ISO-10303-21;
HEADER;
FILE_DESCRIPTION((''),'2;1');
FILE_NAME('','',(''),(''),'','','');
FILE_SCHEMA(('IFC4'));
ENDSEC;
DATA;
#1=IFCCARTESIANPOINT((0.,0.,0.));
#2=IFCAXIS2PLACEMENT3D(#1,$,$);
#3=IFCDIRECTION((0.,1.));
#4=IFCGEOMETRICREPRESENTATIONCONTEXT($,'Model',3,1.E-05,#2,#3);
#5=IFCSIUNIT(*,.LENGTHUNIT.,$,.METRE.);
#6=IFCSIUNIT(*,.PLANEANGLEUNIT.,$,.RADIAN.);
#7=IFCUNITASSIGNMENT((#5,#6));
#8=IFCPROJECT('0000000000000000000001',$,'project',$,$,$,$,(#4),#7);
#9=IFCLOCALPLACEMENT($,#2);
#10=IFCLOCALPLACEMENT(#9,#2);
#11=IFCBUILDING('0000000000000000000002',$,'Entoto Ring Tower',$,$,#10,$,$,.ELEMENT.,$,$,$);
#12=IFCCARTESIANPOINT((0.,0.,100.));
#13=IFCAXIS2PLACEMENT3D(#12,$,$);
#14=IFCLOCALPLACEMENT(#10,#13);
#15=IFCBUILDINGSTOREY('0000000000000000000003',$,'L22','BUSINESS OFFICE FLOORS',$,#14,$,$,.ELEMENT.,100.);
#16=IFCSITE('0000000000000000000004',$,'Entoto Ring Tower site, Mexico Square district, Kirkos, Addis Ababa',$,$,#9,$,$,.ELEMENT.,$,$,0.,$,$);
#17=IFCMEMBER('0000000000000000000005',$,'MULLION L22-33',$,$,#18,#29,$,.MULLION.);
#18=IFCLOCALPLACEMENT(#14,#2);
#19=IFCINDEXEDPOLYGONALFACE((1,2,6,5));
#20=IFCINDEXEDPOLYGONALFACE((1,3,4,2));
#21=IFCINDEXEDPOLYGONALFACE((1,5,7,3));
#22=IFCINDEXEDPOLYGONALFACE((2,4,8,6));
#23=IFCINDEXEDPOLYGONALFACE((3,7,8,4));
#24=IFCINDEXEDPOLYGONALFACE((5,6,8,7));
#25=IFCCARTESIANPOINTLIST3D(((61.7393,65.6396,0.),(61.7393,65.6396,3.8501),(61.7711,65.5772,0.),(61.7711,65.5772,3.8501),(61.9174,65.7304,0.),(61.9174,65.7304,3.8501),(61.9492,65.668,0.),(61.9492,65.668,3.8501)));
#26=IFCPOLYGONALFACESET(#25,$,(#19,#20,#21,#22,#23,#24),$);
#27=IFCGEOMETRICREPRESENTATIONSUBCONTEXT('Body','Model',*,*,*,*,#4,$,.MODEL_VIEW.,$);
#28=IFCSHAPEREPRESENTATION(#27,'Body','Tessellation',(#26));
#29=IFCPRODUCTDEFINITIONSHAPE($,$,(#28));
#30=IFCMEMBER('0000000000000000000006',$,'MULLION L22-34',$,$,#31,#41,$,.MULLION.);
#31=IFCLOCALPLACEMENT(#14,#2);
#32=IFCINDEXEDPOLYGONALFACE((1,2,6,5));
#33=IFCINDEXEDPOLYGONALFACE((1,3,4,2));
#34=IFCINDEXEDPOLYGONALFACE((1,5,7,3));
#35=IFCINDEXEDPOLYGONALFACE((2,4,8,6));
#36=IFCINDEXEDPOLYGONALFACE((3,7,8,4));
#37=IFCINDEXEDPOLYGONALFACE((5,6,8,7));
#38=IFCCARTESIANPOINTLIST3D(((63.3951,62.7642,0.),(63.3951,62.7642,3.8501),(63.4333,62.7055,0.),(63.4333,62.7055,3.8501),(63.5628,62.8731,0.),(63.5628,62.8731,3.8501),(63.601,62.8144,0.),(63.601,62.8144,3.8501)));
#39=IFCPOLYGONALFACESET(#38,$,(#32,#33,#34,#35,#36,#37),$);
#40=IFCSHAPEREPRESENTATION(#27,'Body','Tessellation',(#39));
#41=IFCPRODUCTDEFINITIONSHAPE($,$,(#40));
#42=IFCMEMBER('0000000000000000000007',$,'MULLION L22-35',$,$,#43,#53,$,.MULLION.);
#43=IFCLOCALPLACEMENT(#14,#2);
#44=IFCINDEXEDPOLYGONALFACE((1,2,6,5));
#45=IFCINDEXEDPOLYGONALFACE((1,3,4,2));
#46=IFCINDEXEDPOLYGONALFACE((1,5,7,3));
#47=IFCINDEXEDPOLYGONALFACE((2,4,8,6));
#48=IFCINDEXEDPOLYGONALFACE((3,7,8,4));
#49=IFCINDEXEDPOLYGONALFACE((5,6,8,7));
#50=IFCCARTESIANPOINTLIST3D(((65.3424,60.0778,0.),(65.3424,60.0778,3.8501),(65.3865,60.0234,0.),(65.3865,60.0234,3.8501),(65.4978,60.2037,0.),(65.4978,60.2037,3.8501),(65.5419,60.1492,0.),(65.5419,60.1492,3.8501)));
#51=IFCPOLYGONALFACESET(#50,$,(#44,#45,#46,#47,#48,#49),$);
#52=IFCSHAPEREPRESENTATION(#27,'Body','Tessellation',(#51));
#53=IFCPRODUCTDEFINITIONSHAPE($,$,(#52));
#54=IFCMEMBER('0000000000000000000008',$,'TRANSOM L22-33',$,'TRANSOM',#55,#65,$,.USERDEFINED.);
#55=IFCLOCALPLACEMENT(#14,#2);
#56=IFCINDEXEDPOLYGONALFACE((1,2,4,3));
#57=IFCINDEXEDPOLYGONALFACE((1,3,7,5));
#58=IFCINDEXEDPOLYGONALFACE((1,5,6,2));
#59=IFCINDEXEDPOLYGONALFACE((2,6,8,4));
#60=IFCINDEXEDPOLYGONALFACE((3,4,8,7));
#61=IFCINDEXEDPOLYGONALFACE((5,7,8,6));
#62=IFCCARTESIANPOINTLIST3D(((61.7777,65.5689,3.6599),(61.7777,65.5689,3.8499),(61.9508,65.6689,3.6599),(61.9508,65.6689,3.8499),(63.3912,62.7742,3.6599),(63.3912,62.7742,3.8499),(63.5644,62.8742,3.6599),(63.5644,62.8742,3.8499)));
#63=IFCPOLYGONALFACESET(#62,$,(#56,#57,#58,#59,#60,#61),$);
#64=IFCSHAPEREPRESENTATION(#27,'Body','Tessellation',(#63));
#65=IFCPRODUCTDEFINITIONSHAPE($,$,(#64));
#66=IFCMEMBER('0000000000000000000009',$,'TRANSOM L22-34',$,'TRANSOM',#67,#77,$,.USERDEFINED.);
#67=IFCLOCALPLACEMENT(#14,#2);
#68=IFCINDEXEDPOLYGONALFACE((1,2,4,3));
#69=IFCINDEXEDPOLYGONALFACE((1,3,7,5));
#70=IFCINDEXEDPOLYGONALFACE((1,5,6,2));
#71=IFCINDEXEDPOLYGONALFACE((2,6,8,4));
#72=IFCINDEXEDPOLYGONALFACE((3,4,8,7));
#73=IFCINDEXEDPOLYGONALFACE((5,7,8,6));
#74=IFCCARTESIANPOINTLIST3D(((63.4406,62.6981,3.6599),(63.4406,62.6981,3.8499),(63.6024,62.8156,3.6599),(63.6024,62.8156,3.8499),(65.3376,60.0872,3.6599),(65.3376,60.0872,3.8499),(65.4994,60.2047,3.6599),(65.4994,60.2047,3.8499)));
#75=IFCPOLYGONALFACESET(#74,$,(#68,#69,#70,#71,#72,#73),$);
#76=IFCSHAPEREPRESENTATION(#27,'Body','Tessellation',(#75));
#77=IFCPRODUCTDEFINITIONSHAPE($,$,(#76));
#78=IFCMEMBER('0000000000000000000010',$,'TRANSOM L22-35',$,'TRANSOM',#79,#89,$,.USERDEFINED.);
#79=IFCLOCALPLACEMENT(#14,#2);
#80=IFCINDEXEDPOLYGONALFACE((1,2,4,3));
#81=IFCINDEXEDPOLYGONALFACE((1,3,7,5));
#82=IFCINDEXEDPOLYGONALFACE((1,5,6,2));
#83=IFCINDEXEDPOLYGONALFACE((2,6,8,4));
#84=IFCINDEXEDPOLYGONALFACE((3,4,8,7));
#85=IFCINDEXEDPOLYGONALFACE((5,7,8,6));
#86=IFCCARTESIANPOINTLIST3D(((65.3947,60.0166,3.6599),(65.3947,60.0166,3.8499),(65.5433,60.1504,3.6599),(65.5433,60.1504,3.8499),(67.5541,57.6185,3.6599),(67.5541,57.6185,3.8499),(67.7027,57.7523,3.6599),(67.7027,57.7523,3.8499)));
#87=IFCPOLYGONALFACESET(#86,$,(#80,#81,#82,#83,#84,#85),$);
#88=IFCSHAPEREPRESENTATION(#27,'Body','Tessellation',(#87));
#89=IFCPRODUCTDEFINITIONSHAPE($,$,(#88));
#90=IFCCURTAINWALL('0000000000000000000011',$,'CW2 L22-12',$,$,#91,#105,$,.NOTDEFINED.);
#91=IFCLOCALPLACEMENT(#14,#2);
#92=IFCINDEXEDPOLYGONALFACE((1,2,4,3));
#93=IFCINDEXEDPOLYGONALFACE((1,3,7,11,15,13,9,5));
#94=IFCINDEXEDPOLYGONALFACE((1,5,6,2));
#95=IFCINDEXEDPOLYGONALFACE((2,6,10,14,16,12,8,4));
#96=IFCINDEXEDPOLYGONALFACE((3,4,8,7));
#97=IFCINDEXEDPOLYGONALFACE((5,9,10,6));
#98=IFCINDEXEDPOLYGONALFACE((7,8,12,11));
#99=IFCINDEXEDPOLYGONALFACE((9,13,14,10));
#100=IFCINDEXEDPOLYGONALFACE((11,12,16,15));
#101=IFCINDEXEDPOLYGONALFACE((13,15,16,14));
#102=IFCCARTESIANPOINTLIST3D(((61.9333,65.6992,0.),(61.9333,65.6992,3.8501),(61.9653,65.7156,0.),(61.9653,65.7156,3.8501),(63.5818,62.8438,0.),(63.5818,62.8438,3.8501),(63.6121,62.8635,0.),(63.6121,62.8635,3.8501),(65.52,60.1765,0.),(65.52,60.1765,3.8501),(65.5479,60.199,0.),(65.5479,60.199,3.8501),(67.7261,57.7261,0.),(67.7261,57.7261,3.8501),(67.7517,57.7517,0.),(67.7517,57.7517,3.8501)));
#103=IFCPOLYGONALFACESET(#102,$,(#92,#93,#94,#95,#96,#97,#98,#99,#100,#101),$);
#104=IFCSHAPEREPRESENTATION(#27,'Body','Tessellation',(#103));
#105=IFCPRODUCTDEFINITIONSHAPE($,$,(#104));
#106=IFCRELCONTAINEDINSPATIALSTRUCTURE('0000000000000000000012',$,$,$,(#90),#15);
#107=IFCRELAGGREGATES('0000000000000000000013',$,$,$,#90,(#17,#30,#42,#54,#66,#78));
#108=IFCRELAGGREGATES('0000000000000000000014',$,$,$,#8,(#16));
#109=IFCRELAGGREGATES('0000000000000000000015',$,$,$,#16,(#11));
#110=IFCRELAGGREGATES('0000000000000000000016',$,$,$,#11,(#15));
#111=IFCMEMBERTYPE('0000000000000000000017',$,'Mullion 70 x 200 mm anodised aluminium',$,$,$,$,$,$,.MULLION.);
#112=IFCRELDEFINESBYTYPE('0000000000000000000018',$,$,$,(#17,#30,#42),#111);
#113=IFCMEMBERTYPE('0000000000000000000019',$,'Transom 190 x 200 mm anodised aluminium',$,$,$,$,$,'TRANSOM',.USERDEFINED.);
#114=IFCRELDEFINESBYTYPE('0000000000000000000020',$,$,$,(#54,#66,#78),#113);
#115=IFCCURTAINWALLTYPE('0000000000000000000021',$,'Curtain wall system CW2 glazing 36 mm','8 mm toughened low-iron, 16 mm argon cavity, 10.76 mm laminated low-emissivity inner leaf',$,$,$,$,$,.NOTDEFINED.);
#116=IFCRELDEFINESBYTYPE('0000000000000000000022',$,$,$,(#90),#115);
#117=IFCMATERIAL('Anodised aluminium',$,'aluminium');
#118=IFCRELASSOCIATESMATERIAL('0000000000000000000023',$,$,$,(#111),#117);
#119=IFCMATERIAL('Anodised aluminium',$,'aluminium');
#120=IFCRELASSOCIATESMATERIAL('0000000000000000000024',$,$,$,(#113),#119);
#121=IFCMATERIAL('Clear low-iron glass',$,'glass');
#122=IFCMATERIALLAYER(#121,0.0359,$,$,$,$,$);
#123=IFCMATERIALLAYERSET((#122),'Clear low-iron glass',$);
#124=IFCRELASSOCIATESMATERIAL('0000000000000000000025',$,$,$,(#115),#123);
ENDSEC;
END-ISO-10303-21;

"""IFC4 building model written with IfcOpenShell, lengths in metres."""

from ifc_helpers import new_model, si_unit, direction, frame, origin, origin_2d, place, context, subcontext, project, spatial, polyline, rectangle, outline, extrude, material, layer, layer_set, material_profile, profile_set, type_object, element, aggregate, save


model = new_model("IFC4")

# Units and contexts
model_context = context("Model", 3, precision=1e-05, world=origin(), true_north=direction((0.0, 1.0)))
body_context = subcontext(model_context, "Body", "Model", "MODEL_VIEW")
ifc_project = project(units=[si_unit("LENGTHUNIT", "METRE"), si_unit("PLANEANGLEUNIT", "RADIAN")], contexts=[model_context])

# Members
ifc_material_1 = material(Name="Anodised aluminium", Category="aluminium")
ifc_material_profile_1 = material_profile(ifc_material_1, rectangle(XDim=0.0701, YDim=0.2, at=origin_2d()), Name="Mullion 70 x 200 mm anodised aluminium")
ifc_profile_set_1 = profile_set([ifc_material_profile_1], Name="Anodised aluminium")
member_type_1 = type_object("IfcMemberType", Name="Mullion 70 x 200 mm anodised aluminium", PredefinedType="MULLION", material=ifc_profile_set_1)
site_placement = place(None, origin())
building_placement = place(site_placement, origin())
storey_placement = place(building_placement, frame((0.0, 0.0, 100.0)))
member_1_placement = place(storey_placement, frame((61.8442, 65.6538, 0.0), z_axis=(0.0, 0.0, 1.0), x_axis=(0.45399, -0.891007, 0.0)))
member_1 = element("IfcMember", 1, at=member_1_placement, type_object=member_type_1, Name="MULLION L22-33", PredefinedType="MULLION", context=body_context, shape_type="SweptSolid", body=[
    extrude(rectangle(XDim=0.0701, YDim=0.2, at=origin_2d()), origin(), (0.0, 0.0, 1.0), 3.8501),
])
member_2_placement = place(storey_placement, frame((63.498, 62.7893, 0.0), z_axis=(0.0, 0.0, 1.0), x_axis=(0.544639, -0.838671, 0.0)))
member_2 = element("IfcMember", 2, at=member_2_placement, type_object=member_type_1, Name="MULLION L22-34", PredefinedType="MULLION", context=body_context, shape_type="SweptSolid", body=[
    extrude(rectangle(XDim=0.0701, YDim=0.2, at=origin_2d()), origin(), (0.0, 0.0, 1.0), 3.8501),
])
member_3_placement = place(storey_placement, frame((65.4421, 60.1135, 0.0), z_axis=(0.0, 0.0, 1.0), x_axis=(0.62932, -0.777146, 0.0)))
member_3 = element("IfcMember", 3, at=member_3_placement, type_object=member_type_1, Name="MULLION L22-35", PredefinedType="MULLION", context=body_context, shape_type="SweptSolid", body=[
    extrude(rectangle(XDim=0.0701, YDim=0.2, at=origin_2d()), origin(), (0.0, 0.0, 1.0), 3.8501),
])
ifc_material_2 = material(Name="Anodised aluminium", Category="aluminium")
ifc_material_profile_2 = material_profile(ifc_material_2, rectangle(XDim=0.2, YDim=0.1899, at=origin_2d()), Name="Transom 190 x 200 mm anodised aluminium")
ifc_profile_set_2 = profile_set([ifc_material_profile_2], Name="Anodised aluminium")
member_type_2 = type_object("IfcMemberType", Name="Transom 190 x 200 mm anodised aluminium", ElementType="TRANSOM", PredefinedType="USERDEFINED", material=ifc_profile_set_2)
member_4_placement = place(storey_placement, frame((61.8643, 65.6189, 3.7549), z_axis=(0.500004, -0.866023, 0.0), x_axis=(0.866023, 0.500004, 0.0)))
member_4 = element("IfcMember", 4, at=member_4_placement, type_object=member_type_2, Name="TRANSOM L22-33", ObjectType="TRANSOM", PredefinedType="USERDEFINED", context=body_context, shape_type="SweptSolid", body=[
    extrude(rectangle(XDim=0.2, YDim=0.1899, at=origin_2d()), origin(), (0.0, 0.0, 1.0), 3.2271),
])
member_5_placement = place(storey_placement, frame((63.5215, 62.7568, 3.7549), z_axis=(0.587803, -0.809004, 0.0), x_axis=(0.809004, 0.587803, 0.0)))
member_5 = element("IfcMember", 5, at=member_5_placement, type_object=member_type_2, Name="TRANSOM L22-34", ObjectType="TRANSOM", PredefinedType="USERDEFINED", context=body_context, shape_type="SweptSolid", body=[
    extrude(rectangle(XDim=0.2, YDim=0.1899, at=origin_2d()), origin(), (0.0, 0.0, 1.0), 3.2273),
])
member_6_placement = place(storey_placement, frame((65.469, 60.0835, 3.7549), z_axis=(0.669144, -0.743132, 0.0), x_axis=(0.743132, 0.669144, 0.0)))
member_6 = element("IfcMember", 6, at=member_6_placement, type_object=member_type_2, Name="TRANSOM L22-35", ObjectType="TRANSOM", PredefinedType="USERDEFINED", context=body_context, shape_type="SweptSolid", body=[
    extrude(rectangle(XDim=0.2, YDim=0.1899, at=origin_2d()), origin(), (0.0, 0.0, 1.0), 3.2271),
])

# Site, building, storey
site = spatial("IfcSite", under=ifc_project, at=site_placement, Name="Entoto Ring Tower site, Mexico Square district, Kirkos, Addis Ababa", CompositionType="ELEMENT", RefElevation=0.0)
building = spatial("IfcBuilding", under=site, at=building_placement, Name="Entoto Ring Tower", CompositionType="ELEMENT")
storey = spatial("IfcBuildingStorey", under=building, at=storey_placement, Name="L22", Description="BUSINESS OFFICE FLOORS", CompositionType="ELEMENT", Elevation=100.0)

# Curtain wall
ifc_material_3 = material(Name="Clear low-iron glass", Category="glass")
ifc_layer = layer(ifc_material_3, 0.0359)
ifc_layer_set = layer_set([ifc_layer], Name="Clear low-iron glass")
curtain_wall_type = type_object("IfcCurtainWallType", Name="Curtain wall system CW2 glazing 36 mm", Description="8 mm toughened low-iron, 16 mm argon cavity, 10.76 mm laminated low-emissivity inner leaf", PredefinedType="NOTDEFINED", material=ifc_layer_set)
curtain_wall_1_placement = place(storey_placement, origin())
curtain_wall_1 = element("IfcCurtainWall", 7, at=curtain_wall_1_placement, inside=storey, type_object=curtain_wall_type, Name="CW2 L22-12", PredefinedType="NOTDEFINED", context=body_context, shape_type="SweptSolid", body=[
    extrude(outline(polyline([(61.9333, 65.6992), (63.5818, 62.8438), (65.52, 60.1765), (67.7261, 57.7261), (67.7517, 57.7517), (65.5479, 60.199), (63.6121, 62.8635), (61.9653, 65.7156), (61.9333, 65.6992)])), origin(), (0.0, 0.0, 1.0), 3.8501),
])
aggregate(curtain_wall_1, [member_1, member_2, member_3, member_4, member_5, member_6])

save(model, "model.ifc")
